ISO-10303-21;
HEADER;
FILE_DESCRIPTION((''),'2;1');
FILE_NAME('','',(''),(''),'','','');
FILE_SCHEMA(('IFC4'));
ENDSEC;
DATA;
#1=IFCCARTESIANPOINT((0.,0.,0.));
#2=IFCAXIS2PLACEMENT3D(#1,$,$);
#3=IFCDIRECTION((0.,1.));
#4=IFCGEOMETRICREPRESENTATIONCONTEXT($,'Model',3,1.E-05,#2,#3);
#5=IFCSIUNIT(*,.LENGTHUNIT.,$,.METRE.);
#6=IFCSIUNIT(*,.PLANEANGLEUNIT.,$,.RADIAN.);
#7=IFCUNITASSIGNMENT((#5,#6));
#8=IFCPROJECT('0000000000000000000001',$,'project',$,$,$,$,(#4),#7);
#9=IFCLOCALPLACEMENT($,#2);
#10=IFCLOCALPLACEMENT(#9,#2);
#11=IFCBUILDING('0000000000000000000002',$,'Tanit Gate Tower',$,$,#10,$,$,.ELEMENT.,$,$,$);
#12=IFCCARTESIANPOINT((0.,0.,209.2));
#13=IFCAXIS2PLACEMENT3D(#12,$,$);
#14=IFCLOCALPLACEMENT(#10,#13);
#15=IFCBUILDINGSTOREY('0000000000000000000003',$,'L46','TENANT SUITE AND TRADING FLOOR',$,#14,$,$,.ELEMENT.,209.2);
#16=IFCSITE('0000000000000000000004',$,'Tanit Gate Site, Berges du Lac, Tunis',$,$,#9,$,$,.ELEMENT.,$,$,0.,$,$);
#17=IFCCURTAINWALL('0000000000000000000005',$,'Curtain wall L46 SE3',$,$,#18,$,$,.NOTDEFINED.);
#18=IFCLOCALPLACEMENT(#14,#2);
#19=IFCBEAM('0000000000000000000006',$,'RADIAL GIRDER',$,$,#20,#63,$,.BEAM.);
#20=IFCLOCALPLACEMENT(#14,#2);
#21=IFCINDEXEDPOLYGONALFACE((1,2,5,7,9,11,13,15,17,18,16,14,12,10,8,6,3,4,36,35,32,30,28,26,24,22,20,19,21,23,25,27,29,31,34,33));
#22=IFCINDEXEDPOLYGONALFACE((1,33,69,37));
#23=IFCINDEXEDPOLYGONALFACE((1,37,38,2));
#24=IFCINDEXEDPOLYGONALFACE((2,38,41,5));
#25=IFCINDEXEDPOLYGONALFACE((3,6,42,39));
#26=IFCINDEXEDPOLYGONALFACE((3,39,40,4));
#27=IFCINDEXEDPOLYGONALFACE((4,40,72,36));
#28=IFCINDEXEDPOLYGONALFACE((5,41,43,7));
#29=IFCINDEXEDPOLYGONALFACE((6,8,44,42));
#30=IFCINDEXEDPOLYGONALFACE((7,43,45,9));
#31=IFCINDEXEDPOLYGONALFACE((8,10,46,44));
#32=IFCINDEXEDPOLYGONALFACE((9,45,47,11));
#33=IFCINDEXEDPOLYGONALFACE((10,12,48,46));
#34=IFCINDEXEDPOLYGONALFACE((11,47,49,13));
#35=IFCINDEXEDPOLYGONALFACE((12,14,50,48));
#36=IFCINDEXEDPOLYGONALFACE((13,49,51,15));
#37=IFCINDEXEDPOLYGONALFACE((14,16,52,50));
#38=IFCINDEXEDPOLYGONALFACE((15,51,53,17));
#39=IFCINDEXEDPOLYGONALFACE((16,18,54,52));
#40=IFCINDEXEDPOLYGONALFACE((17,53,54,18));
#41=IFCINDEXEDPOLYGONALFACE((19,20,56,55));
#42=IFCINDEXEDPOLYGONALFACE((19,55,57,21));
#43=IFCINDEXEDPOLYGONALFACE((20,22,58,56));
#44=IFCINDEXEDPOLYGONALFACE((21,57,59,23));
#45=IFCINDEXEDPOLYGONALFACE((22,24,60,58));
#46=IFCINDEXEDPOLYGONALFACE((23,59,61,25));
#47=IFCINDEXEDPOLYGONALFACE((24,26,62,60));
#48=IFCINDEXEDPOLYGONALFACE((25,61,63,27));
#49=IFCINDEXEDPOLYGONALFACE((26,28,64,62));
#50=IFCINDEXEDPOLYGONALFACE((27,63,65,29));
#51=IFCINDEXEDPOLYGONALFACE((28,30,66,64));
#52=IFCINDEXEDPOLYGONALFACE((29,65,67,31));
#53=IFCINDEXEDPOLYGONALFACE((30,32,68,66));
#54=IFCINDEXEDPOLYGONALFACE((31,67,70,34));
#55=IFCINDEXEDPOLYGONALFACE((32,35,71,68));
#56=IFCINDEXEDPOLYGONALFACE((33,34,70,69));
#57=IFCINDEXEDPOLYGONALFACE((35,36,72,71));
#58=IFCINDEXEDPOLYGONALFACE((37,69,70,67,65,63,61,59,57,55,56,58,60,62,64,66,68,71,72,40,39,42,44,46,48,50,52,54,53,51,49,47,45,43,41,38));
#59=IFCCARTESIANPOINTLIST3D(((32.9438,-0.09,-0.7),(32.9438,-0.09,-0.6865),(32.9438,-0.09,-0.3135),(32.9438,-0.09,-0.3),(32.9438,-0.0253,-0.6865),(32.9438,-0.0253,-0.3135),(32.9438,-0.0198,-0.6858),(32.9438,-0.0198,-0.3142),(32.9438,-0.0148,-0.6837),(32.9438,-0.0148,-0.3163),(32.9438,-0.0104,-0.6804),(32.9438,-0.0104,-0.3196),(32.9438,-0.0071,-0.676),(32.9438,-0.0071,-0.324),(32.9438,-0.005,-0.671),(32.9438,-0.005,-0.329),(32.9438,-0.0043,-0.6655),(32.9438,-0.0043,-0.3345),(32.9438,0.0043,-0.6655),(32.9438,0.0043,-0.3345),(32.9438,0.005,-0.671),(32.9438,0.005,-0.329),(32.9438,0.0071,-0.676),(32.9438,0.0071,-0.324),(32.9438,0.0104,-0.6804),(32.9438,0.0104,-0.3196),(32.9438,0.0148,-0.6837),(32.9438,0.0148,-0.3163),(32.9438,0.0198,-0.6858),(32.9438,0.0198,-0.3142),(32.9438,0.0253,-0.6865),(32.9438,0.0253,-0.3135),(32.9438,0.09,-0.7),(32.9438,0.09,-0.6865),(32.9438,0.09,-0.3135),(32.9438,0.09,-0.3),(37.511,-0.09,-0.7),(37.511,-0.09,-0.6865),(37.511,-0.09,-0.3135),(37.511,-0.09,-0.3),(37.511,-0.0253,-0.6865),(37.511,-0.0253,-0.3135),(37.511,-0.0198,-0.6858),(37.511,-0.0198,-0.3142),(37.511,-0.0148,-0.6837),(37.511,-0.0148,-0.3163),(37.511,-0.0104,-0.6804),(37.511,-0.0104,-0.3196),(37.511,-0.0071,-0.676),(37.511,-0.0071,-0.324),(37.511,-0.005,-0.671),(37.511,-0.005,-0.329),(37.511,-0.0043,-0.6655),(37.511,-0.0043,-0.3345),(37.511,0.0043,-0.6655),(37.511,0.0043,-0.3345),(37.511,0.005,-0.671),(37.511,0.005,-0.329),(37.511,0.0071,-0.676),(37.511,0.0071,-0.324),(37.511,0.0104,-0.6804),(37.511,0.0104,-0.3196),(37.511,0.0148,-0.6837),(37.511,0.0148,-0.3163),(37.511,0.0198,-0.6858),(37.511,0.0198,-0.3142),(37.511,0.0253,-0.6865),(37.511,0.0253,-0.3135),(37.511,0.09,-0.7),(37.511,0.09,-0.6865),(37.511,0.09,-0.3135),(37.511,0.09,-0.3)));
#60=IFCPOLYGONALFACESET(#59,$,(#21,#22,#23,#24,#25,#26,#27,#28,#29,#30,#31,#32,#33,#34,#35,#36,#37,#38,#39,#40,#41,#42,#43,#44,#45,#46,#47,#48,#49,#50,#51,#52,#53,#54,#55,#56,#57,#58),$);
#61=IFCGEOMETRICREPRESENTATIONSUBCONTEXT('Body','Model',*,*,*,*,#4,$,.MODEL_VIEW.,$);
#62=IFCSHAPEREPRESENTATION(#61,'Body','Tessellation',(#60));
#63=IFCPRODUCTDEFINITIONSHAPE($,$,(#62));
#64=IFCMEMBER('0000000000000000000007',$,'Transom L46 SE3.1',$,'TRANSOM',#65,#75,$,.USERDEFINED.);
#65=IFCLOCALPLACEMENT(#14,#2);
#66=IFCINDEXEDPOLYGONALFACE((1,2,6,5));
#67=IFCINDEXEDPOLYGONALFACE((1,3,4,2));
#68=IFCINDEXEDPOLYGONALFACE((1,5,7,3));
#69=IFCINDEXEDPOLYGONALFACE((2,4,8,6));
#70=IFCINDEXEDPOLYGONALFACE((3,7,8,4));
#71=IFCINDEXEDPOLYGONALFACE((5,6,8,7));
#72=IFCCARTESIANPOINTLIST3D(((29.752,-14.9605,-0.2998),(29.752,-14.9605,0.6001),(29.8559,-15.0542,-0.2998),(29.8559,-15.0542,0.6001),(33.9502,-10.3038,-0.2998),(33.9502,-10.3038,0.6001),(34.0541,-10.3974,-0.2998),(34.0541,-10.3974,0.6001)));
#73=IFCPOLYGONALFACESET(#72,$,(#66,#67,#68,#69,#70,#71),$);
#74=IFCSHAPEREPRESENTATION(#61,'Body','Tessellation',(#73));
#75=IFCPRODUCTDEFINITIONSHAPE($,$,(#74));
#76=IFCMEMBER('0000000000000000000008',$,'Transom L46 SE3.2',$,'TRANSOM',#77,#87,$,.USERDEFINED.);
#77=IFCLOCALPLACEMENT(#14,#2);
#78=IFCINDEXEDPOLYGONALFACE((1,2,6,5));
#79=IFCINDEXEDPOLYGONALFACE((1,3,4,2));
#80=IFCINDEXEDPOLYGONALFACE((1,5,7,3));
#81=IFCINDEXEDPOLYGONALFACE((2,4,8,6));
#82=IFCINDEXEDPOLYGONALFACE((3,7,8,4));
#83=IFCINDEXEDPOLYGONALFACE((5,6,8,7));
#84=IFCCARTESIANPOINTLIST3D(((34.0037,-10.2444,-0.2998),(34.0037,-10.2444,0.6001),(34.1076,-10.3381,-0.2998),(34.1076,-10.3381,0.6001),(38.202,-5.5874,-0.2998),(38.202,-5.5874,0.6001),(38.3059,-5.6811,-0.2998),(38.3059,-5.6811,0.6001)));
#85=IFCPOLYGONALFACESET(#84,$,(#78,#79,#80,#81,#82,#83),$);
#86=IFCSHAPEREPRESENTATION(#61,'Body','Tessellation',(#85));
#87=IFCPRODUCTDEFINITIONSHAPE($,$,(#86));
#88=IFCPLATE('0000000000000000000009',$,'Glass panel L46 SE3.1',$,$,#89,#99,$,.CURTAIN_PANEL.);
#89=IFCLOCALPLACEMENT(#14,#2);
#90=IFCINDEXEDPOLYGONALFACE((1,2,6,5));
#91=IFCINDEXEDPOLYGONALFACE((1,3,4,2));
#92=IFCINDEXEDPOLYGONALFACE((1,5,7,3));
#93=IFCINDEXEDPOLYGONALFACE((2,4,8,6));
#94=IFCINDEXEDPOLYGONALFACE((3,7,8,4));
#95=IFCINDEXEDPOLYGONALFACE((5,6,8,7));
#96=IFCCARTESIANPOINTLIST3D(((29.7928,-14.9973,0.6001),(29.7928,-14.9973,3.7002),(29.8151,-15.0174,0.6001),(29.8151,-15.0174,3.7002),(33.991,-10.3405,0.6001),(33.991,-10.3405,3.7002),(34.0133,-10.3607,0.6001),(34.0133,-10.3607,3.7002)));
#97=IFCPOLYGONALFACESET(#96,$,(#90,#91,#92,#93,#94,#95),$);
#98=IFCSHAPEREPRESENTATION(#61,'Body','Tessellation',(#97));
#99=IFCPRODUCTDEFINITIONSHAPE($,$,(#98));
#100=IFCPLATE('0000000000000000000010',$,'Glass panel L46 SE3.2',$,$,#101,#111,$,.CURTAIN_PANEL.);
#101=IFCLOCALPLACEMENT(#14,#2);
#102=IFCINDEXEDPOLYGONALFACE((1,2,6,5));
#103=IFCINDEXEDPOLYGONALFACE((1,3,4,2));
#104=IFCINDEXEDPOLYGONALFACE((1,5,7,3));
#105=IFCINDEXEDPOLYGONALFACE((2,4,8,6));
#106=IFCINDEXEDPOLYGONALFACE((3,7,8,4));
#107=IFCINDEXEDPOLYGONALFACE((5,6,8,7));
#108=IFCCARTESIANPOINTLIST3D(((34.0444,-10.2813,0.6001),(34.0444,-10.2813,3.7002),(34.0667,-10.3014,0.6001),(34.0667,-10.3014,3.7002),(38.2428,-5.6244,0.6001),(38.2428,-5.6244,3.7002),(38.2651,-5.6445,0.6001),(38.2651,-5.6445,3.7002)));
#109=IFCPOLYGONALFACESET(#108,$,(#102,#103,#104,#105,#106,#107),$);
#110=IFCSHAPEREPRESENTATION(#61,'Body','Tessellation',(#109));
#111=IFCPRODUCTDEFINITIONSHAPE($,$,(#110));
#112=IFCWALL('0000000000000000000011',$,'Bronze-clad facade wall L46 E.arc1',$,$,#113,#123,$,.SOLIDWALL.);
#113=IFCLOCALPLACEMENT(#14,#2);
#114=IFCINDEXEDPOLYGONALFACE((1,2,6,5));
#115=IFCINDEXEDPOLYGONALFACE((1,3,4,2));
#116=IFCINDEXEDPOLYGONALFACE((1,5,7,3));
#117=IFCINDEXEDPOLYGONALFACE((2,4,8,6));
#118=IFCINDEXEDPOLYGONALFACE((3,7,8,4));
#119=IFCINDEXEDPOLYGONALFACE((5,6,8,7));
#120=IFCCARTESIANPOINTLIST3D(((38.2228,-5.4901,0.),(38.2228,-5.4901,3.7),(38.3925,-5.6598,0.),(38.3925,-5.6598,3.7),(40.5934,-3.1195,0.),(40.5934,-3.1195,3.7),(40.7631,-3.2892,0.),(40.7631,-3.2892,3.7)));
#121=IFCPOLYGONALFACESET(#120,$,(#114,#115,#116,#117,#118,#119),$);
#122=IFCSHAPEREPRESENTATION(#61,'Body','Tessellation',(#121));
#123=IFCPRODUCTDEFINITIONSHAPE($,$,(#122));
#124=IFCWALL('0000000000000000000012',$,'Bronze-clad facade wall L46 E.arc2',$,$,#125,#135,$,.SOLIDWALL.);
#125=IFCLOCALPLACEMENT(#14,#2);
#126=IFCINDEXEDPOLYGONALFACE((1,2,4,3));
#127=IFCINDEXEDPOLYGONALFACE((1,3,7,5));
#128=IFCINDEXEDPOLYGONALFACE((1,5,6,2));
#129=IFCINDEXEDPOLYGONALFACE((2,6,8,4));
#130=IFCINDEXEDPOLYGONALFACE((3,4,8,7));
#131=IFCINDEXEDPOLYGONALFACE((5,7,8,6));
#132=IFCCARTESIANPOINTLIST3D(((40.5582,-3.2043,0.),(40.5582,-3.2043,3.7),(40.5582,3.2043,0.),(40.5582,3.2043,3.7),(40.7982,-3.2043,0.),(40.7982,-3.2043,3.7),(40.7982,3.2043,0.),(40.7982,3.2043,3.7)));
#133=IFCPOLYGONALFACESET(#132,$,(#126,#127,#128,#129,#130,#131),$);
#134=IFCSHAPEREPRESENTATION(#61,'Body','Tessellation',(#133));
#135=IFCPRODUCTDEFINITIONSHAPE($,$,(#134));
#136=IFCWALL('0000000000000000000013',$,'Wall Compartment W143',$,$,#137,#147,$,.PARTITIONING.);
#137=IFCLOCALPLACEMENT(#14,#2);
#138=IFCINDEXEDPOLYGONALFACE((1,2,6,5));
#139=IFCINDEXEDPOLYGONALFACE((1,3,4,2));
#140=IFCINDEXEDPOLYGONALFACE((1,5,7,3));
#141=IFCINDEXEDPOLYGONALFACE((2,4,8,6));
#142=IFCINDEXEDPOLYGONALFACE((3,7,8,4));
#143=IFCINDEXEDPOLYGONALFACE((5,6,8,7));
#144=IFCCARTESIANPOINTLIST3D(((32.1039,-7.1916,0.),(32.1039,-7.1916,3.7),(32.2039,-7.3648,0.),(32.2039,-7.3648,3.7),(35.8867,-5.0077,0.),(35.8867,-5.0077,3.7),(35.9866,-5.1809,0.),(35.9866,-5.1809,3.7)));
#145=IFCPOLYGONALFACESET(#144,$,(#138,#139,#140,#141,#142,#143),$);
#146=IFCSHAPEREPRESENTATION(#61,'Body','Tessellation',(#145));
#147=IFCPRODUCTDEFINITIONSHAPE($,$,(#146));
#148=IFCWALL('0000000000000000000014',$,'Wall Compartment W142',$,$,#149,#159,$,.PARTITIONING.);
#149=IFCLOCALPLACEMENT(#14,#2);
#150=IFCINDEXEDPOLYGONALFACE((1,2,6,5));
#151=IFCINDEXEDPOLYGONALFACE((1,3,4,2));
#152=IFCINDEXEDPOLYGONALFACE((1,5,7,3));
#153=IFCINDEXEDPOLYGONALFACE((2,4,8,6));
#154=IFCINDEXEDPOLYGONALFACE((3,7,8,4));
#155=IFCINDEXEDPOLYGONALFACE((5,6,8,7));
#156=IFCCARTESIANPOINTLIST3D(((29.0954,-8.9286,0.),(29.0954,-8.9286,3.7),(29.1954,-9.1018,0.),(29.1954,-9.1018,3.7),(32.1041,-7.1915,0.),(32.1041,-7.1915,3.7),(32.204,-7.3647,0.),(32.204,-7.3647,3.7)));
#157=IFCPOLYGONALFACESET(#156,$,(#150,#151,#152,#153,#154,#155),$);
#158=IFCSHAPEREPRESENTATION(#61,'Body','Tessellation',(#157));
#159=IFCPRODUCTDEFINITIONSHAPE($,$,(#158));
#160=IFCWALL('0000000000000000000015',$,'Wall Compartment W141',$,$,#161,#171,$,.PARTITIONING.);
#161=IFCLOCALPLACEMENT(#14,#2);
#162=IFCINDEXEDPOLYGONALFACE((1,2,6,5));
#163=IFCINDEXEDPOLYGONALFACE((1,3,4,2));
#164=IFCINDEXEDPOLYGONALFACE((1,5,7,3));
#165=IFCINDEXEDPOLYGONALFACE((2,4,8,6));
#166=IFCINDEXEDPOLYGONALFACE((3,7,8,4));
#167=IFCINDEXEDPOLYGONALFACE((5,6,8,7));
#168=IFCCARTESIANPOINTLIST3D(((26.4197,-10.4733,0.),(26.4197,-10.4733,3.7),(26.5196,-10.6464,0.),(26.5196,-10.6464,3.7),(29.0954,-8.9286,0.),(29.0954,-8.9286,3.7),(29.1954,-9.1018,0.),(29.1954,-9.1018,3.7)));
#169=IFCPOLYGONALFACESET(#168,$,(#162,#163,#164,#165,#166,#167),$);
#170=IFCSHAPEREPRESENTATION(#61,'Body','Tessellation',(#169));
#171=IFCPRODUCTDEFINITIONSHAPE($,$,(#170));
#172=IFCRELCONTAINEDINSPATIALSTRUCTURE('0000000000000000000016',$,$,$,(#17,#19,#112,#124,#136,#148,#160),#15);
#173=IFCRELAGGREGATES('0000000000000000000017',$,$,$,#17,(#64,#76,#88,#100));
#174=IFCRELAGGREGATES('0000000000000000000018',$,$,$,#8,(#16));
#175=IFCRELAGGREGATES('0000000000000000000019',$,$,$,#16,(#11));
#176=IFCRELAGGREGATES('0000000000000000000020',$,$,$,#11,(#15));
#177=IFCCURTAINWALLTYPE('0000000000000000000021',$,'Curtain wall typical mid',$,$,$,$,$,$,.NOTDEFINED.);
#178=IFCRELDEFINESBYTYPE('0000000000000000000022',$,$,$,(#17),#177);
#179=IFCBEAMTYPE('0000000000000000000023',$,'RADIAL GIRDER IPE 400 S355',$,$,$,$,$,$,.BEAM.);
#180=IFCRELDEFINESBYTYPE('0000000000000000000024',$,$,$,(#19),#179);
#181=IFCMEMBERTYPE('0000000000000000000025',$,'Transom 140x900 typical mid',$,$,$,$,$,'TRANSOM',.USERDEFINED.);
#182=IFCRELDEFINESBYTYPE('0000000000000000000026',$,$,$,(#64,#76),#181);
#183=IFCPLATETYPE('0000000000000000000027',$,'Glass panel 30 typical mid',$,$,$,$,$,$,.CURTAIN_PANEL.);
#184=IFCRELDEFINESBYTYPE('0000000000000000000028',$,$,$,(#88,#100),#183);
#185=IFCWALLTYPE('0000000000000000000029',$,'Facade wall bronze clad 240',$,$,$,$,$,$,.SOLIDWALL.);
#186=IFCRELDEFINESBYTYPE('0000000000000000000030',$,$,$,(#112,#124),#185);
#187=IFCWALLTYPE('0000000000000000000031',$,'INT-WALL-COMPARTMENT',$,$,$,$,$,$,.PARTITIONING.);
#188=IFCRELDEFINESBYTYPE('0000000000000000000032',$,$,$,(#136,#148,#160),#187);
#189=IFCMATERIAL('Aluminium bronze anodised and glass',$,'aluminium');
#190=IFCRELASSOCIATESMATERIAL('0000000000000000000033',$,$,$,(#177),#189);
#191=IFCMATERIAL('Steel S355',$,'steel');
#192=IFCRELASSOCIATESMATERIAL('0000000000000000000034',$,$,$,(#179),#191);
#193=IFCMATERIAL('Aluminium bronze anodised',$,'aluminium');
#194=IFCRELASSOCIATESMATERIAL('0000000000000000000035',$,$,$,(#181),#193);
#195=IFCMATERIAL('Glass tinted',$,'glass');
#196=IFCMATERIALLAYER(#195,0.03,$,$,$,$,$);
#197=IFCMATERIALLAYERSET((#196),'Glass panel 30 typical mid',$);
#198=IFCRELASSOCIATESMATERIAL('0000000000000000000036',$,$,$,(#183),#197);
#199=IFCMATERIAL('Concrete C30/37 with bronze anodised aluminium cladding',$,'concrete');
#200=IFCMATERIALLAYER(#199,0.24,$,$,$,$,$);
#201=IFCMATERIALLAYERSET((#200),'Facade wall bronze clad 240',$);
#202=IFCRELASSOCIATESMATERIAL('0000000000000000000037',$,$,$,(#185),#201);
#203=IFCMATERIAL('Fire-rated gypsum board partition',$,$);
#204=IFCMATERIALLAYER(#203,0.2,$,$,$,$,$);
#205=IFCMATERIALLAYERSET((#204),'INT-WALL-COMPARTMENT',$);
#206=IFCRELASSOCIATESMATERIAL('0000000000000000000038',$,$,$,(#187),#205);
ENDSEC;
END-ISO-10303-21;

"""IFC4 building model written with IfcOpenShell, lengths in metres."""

from ifc_helpers import new_model, si_unit, direction, frame, frame_2d, origin, origin_2d, place, context, subcontext, project, spatial, rectangle, i_section, extrude, material, layer, layer_set, material_profile, profile_set, type_object, element, aggregate, save


model = new_model("IFC4")

# Units and contexts
model_context = context("Model", 3, precision=1e-05, world=origin(), true_north=direction((0.0, 1.0)))
body_context = subcontext(model_context, "Body", "Model", "MODEL_VIEW")
ifc_project = project(units=[si_unit("LENGTHUNIT", "METRE"), si_unit("PLANEANGLEUNIT", "RADIAN")], contexts=[model_context])

# Site, building, storey
site_placement = place(None, origin())
site = spatial("IfcSite", under=ifc_project, at=site_placement, Name="Tanit Gate Site, Berges du Lac, Tunis", CompositionType="ELEMENT", RefElevation=0.0)
building_placement = place(site_placement, origin())
building = spatial("IfcBuilding", under=site, at=building_placement, Name="Tanit Gate Tower", CompositionType="ELEMENT")
storey_placement = place(building_placement, frame((0.0, 0.0, 209.2)))
storey = spatial("IfcBuildingStorey", under=building, at=storey_placement, Name="L46", Description="TENANT SUITE AND TRADING FLOOR", CompositionType="ELEMENT", Elevation=209.2)

# Curtain wall
ifc_material_1 = material(Name="Aluminium bronze anodised and glass", Category="aluminium")
curtain_wall_type = type_object("IfcCurtainWallType", Name="Curtain wall typical mid", PredefinedType="NOTDEFINED", material=ifc_material_1)
curtain_wall_1_placement = place(storey_placement, origin())
curtain_wall_1 = element("IfcCurtainWall", 1, at=curtain_wall_1_placement, inside=storey, type_object=curtain_wall_type, Name="Curtain wall L46 SE3", PredefinedType="NOTDEFINED")

# Beam
ifc_material_2 = material(Name="Steel S355", Category="steel")
ifc_material_profile_1 = material_profile(ifc_material_2, i_section(OverallWidth=0.1799, OverallDepth=0.3999, WebThickness=0.0085, FlangeThickness=0.0134, FilletRadius=0.021, at=origin_2d()), Name="IPE 400")
ifc_profile_set_1 = profile_set([ifc_material_profile_1], Name="Steel S355")
beam_type_1 = type_object("IfcBeamType", Name="RADIAL GIRDER IPE 400 S355", PredefinedType="BEAM", material=ifc_profile_set_1)
beam_1_placement = place(storey_placement, frame((37.511, 0.0, -0.5), z_axis=(-1.0, 0.0, 0.0), x_axis=(0.0, -1.0, 0.0)))
element("IfcBeam", 2, at=beam_1_placement, inside=storey, type_object=beam_type_1, Name="RADIAL GIRDER", PredefinedType="BEAM", context=body_context, shape_type="SweptSolid", body=[
    extrude(i_section(OverallWidth=0.1799, OverallDepth=0.3999, WebThickness=0.0085, FlangeThickness=0.0134, FilletRadius=0.021, at=origin_2d()), origin(), (0.0, 0.0, 1.0), 4.5671),
])

# Members
ifc_material_3 = material(Name="Aluminium bronze anodised", Category="aluminium")
ifc_material_profile_2 = material_profile(ifc_material_3, rectangle(XDim=0.1399, YDim=0.8999, at=origin_2d()), Name="140x900 bronze transom")
ifc_profile_set_2 = profile_set([ifc_material_profile_2], Name="Aluminium bronze anodised")
member_type_1 = type_object("IfcMemberType", Name="Transom 140x900 typical mid", ElementType="TRANSOM", PredefinedType="USERDEFINED", material=ifc_profile_set_2)
member_1_placement = place(storey_placement, frame((29.804, -15.0073, 0.1501), z_axis=(0.669597, 0.742725, 0.0), x_axis=(-0.742725, 0.669597, 0.0)))
member_1 = element("IfcMember", 3, at=member_1_placement, type_object=member_type_1, Name="Transom L46 SE3.1", ObjectType="TRANSOM", PredefinedType="USERDEFINED", context=body_context, shape_type="SweptSolid", body=[
    extrude(rectangle(XDim=0.1399, YDim=0.8999, at=origin_2d()), origin(), (0.0, 0.0, 1.0), 6.2698),
])
member_2_placement = place(storey_placement, frame((34.0557, -10.2913, 0.1501), z_axis=(0.669578, 0.742742, 0.0), x_axis=(-0.742742, 0.669578, 0.0)))
member_2 = element("IfcMember", 4, at=member_2_placement, type_object=member_type_1, Name="Transom L46 SE3.2", ObjectType="TRANSOM", PredefinedType="USERDEFINED", context=body_context, shape_type="SweptSolid", body=[
    extrude(rectangle(XDim=0.1399, YDim=0.8999, at=origin_2d()), origin(), (0.0, 0.0, 1.0), 6.27),
])

# Plates
ifc_material_4 = material(Name="Glass tinted", Category="glass")
ifc_layer_1 = layer(ifc_material_4, 0.03)
ifc_layer_set_1 = layer_set([ifc_layer_1], Name="Glass panel 30 typical mid")
plate_type = type_object("IfcPlateType", Name="Glass panel 30 typical mid", PredefinedType="CURTAIN_PANEL", material=ifc_layer_set_1)
plate_1_placement = place(storey_placement, frame((31.9031, -12.679, 0.6001), z_axis=(0.0, 0.0, 1.0), x_axis=(0.669598, 0.742724, 0.0)))
plate_1 = element("IfcPlate", 5, at=plate_1_placement, type_object=plate_type, Name="Glass panel L46 SE3.1", PredefinedType="CURTAIN_PANEL", context=body_context, shape_type="SweptSolid", body=[
    extrude(rectangle(XDim=6.2698, YDim=0.03, at=origin_2d()), origin(), (0.0, 0.0, 1.0), 3.1001),
])
plate_2_placement = place(storey_placement, frame((36.1548, -7.9629, 0.6001), z_axis=(0.0, 0.0, 1.0), x_axis=(0.669598, 0.742724, 0.0)))
plate_2 = element("IfcPlate", 6, at=plate_2_placement, type_object=plate_type, Name="Glass panel L46 SE3.2", PredefinedType="CURTAIN_PANEL", context=body_context, shape_type="SweptSolid", body=[
    extrude(rectangle(XDim=6.27, YDim=0.03, at=origin_2d()), origin(), (0.0, 0.0, 1.0), 3.1001),
])
aggregate(curtain_wall_1, [member_1, member_2, plate_1, plate_2])

# Walls
ifc_material_5 = material(Name="Concrete C30/37 with bronze anodised aluminium cladding", Category="concrete")
ifc_layer_2 = layer(ifc_material_5, 0.24)
ifc_layer_set_2 = layer_set([ifc_layer_2], Name="Facade wall bronze clad 240")
wall_type_1 = type_object("IfcWallType", Name="Facade wall bronze clad 240", PredefinedType="SOLIDWALL", material=ifc_layer_set_2)
wall_1_placement = place(storey_placement, frame((38.3076, -5.575, 0.0), z_axis=(0.0, 0.0, 1.0), x_axis=(0.707107, 0.707107, 0.0)))
element("IfcWall", 7, at=wall_1_placement, inside=storey, type_object=wall_type_1, Name="Bronze-clad facade wall L46 E.arc1", PredefinedType="SOLIDWALL", context=body_context, shape_type="SweptSolid", body=[
    extrude(rectangle(XDim=3.3525, YDim=0.24, at=frame_2d((1.6763, 0.0))), origin(), (0.0, 0.0, 1.0), 3.7),
])
wall_2_placement = place(storey_placement, frame((40.6782, -3.2043, 0.0), z_axis=(0.0, 0.0, 1.0), x_axis=(0.0, 1.0, 0.0)))
element("IfcWall", 8, at=wall_2_placement, inside=storey, type_object=wall_type_1, Name="Bronze-clad facade wall L46 E.arc2", PredefinedType="SOLIDWALL", context=body_context, shape_type="SweptSolid", body=[
    extrude(rectangle(XDim=6.4087, YDim=0.24, at=frame_2d((3.2043, 0.0))), origin(), (0.0, 0.0, 1.0), 3.7),
])
ifc_material_6 = material(Name="Fire-rated gypsum board partition")
ifc_layer_3 = layer(ifc_material_6, 0.2)
ifc_layer_set_3 = layer_set([ifc_layer_3], Name="INT-WALL-COMPARTMENT")
wall_type_2 = type_object("IfcWallType", Name="INT-WALL-COMPARTMENT", PredefinedType="PARTITIONING", material=ifc_layer_set_3)
wall_3_placement = place(storey_placement, frame((35.9368, -5.0942, 0.0), z_axis=(0.0, 0.0, 1.0), x_axis=(-0.866037, -0.499981, 0.0)))
element("IfcWall", 9, at=wall_3_placement, inside=storey, type_object=wall_type_2, Name="Wall Compartment W143", PredefinedType="PARTITIONING", context=body_context, shape_type="SweptSolid", body=[
    extrude(rectangle(XDim=4.3679, YDim=0.2, at=frame_2d((2.1841, 0.0))), origin(), (0.0, 0.0, 1.0), 3.7),
])
wall_4_placement = place(storey_placement, frame((32.1541, -7.2781, 0.0), z_axis=(0.0, 0.0, 1.0), x_axis=(-0.866016, -0.500016, 0.0)))
element("IfcWall", 10, at=wall_4_placement, inside=storey, type_object=wall_type_2, Name="Wall Compartment W142", PredefinedType="PARTITIONING", context=body_context, shape_type="SweptSolid", body=[
    extrude(rectangle(XDim=3.4741, YDim=0.2, at=frame_2d((1.7371, 0.0))), origin(), (0.0, 0.0, 1.0), 3.7),
])
wall_5_placement = place(storey_placement, frame((29.1455, -9.0151, 0.0), z_axis=(0.0, 0.0, 1.0), x_axis=(-0.866051, -0.499955, 0.0)))
element("IfcWall", 11, at=wall_5_placement, inside=storey, type_object=wall_type_2, Name="Wall Compartment W141", PredefinedType="PARTITIONING", context=body_context, shape_type="SweptSolid", body=[
    extrude(rectangle(XDim=3.0896, YDim=0.2, at=frame_2d((1.5449, 0.0))), origin(), (0.0, 0.0, 1.0), 3.7),
])

save(model, "model.ifc")
